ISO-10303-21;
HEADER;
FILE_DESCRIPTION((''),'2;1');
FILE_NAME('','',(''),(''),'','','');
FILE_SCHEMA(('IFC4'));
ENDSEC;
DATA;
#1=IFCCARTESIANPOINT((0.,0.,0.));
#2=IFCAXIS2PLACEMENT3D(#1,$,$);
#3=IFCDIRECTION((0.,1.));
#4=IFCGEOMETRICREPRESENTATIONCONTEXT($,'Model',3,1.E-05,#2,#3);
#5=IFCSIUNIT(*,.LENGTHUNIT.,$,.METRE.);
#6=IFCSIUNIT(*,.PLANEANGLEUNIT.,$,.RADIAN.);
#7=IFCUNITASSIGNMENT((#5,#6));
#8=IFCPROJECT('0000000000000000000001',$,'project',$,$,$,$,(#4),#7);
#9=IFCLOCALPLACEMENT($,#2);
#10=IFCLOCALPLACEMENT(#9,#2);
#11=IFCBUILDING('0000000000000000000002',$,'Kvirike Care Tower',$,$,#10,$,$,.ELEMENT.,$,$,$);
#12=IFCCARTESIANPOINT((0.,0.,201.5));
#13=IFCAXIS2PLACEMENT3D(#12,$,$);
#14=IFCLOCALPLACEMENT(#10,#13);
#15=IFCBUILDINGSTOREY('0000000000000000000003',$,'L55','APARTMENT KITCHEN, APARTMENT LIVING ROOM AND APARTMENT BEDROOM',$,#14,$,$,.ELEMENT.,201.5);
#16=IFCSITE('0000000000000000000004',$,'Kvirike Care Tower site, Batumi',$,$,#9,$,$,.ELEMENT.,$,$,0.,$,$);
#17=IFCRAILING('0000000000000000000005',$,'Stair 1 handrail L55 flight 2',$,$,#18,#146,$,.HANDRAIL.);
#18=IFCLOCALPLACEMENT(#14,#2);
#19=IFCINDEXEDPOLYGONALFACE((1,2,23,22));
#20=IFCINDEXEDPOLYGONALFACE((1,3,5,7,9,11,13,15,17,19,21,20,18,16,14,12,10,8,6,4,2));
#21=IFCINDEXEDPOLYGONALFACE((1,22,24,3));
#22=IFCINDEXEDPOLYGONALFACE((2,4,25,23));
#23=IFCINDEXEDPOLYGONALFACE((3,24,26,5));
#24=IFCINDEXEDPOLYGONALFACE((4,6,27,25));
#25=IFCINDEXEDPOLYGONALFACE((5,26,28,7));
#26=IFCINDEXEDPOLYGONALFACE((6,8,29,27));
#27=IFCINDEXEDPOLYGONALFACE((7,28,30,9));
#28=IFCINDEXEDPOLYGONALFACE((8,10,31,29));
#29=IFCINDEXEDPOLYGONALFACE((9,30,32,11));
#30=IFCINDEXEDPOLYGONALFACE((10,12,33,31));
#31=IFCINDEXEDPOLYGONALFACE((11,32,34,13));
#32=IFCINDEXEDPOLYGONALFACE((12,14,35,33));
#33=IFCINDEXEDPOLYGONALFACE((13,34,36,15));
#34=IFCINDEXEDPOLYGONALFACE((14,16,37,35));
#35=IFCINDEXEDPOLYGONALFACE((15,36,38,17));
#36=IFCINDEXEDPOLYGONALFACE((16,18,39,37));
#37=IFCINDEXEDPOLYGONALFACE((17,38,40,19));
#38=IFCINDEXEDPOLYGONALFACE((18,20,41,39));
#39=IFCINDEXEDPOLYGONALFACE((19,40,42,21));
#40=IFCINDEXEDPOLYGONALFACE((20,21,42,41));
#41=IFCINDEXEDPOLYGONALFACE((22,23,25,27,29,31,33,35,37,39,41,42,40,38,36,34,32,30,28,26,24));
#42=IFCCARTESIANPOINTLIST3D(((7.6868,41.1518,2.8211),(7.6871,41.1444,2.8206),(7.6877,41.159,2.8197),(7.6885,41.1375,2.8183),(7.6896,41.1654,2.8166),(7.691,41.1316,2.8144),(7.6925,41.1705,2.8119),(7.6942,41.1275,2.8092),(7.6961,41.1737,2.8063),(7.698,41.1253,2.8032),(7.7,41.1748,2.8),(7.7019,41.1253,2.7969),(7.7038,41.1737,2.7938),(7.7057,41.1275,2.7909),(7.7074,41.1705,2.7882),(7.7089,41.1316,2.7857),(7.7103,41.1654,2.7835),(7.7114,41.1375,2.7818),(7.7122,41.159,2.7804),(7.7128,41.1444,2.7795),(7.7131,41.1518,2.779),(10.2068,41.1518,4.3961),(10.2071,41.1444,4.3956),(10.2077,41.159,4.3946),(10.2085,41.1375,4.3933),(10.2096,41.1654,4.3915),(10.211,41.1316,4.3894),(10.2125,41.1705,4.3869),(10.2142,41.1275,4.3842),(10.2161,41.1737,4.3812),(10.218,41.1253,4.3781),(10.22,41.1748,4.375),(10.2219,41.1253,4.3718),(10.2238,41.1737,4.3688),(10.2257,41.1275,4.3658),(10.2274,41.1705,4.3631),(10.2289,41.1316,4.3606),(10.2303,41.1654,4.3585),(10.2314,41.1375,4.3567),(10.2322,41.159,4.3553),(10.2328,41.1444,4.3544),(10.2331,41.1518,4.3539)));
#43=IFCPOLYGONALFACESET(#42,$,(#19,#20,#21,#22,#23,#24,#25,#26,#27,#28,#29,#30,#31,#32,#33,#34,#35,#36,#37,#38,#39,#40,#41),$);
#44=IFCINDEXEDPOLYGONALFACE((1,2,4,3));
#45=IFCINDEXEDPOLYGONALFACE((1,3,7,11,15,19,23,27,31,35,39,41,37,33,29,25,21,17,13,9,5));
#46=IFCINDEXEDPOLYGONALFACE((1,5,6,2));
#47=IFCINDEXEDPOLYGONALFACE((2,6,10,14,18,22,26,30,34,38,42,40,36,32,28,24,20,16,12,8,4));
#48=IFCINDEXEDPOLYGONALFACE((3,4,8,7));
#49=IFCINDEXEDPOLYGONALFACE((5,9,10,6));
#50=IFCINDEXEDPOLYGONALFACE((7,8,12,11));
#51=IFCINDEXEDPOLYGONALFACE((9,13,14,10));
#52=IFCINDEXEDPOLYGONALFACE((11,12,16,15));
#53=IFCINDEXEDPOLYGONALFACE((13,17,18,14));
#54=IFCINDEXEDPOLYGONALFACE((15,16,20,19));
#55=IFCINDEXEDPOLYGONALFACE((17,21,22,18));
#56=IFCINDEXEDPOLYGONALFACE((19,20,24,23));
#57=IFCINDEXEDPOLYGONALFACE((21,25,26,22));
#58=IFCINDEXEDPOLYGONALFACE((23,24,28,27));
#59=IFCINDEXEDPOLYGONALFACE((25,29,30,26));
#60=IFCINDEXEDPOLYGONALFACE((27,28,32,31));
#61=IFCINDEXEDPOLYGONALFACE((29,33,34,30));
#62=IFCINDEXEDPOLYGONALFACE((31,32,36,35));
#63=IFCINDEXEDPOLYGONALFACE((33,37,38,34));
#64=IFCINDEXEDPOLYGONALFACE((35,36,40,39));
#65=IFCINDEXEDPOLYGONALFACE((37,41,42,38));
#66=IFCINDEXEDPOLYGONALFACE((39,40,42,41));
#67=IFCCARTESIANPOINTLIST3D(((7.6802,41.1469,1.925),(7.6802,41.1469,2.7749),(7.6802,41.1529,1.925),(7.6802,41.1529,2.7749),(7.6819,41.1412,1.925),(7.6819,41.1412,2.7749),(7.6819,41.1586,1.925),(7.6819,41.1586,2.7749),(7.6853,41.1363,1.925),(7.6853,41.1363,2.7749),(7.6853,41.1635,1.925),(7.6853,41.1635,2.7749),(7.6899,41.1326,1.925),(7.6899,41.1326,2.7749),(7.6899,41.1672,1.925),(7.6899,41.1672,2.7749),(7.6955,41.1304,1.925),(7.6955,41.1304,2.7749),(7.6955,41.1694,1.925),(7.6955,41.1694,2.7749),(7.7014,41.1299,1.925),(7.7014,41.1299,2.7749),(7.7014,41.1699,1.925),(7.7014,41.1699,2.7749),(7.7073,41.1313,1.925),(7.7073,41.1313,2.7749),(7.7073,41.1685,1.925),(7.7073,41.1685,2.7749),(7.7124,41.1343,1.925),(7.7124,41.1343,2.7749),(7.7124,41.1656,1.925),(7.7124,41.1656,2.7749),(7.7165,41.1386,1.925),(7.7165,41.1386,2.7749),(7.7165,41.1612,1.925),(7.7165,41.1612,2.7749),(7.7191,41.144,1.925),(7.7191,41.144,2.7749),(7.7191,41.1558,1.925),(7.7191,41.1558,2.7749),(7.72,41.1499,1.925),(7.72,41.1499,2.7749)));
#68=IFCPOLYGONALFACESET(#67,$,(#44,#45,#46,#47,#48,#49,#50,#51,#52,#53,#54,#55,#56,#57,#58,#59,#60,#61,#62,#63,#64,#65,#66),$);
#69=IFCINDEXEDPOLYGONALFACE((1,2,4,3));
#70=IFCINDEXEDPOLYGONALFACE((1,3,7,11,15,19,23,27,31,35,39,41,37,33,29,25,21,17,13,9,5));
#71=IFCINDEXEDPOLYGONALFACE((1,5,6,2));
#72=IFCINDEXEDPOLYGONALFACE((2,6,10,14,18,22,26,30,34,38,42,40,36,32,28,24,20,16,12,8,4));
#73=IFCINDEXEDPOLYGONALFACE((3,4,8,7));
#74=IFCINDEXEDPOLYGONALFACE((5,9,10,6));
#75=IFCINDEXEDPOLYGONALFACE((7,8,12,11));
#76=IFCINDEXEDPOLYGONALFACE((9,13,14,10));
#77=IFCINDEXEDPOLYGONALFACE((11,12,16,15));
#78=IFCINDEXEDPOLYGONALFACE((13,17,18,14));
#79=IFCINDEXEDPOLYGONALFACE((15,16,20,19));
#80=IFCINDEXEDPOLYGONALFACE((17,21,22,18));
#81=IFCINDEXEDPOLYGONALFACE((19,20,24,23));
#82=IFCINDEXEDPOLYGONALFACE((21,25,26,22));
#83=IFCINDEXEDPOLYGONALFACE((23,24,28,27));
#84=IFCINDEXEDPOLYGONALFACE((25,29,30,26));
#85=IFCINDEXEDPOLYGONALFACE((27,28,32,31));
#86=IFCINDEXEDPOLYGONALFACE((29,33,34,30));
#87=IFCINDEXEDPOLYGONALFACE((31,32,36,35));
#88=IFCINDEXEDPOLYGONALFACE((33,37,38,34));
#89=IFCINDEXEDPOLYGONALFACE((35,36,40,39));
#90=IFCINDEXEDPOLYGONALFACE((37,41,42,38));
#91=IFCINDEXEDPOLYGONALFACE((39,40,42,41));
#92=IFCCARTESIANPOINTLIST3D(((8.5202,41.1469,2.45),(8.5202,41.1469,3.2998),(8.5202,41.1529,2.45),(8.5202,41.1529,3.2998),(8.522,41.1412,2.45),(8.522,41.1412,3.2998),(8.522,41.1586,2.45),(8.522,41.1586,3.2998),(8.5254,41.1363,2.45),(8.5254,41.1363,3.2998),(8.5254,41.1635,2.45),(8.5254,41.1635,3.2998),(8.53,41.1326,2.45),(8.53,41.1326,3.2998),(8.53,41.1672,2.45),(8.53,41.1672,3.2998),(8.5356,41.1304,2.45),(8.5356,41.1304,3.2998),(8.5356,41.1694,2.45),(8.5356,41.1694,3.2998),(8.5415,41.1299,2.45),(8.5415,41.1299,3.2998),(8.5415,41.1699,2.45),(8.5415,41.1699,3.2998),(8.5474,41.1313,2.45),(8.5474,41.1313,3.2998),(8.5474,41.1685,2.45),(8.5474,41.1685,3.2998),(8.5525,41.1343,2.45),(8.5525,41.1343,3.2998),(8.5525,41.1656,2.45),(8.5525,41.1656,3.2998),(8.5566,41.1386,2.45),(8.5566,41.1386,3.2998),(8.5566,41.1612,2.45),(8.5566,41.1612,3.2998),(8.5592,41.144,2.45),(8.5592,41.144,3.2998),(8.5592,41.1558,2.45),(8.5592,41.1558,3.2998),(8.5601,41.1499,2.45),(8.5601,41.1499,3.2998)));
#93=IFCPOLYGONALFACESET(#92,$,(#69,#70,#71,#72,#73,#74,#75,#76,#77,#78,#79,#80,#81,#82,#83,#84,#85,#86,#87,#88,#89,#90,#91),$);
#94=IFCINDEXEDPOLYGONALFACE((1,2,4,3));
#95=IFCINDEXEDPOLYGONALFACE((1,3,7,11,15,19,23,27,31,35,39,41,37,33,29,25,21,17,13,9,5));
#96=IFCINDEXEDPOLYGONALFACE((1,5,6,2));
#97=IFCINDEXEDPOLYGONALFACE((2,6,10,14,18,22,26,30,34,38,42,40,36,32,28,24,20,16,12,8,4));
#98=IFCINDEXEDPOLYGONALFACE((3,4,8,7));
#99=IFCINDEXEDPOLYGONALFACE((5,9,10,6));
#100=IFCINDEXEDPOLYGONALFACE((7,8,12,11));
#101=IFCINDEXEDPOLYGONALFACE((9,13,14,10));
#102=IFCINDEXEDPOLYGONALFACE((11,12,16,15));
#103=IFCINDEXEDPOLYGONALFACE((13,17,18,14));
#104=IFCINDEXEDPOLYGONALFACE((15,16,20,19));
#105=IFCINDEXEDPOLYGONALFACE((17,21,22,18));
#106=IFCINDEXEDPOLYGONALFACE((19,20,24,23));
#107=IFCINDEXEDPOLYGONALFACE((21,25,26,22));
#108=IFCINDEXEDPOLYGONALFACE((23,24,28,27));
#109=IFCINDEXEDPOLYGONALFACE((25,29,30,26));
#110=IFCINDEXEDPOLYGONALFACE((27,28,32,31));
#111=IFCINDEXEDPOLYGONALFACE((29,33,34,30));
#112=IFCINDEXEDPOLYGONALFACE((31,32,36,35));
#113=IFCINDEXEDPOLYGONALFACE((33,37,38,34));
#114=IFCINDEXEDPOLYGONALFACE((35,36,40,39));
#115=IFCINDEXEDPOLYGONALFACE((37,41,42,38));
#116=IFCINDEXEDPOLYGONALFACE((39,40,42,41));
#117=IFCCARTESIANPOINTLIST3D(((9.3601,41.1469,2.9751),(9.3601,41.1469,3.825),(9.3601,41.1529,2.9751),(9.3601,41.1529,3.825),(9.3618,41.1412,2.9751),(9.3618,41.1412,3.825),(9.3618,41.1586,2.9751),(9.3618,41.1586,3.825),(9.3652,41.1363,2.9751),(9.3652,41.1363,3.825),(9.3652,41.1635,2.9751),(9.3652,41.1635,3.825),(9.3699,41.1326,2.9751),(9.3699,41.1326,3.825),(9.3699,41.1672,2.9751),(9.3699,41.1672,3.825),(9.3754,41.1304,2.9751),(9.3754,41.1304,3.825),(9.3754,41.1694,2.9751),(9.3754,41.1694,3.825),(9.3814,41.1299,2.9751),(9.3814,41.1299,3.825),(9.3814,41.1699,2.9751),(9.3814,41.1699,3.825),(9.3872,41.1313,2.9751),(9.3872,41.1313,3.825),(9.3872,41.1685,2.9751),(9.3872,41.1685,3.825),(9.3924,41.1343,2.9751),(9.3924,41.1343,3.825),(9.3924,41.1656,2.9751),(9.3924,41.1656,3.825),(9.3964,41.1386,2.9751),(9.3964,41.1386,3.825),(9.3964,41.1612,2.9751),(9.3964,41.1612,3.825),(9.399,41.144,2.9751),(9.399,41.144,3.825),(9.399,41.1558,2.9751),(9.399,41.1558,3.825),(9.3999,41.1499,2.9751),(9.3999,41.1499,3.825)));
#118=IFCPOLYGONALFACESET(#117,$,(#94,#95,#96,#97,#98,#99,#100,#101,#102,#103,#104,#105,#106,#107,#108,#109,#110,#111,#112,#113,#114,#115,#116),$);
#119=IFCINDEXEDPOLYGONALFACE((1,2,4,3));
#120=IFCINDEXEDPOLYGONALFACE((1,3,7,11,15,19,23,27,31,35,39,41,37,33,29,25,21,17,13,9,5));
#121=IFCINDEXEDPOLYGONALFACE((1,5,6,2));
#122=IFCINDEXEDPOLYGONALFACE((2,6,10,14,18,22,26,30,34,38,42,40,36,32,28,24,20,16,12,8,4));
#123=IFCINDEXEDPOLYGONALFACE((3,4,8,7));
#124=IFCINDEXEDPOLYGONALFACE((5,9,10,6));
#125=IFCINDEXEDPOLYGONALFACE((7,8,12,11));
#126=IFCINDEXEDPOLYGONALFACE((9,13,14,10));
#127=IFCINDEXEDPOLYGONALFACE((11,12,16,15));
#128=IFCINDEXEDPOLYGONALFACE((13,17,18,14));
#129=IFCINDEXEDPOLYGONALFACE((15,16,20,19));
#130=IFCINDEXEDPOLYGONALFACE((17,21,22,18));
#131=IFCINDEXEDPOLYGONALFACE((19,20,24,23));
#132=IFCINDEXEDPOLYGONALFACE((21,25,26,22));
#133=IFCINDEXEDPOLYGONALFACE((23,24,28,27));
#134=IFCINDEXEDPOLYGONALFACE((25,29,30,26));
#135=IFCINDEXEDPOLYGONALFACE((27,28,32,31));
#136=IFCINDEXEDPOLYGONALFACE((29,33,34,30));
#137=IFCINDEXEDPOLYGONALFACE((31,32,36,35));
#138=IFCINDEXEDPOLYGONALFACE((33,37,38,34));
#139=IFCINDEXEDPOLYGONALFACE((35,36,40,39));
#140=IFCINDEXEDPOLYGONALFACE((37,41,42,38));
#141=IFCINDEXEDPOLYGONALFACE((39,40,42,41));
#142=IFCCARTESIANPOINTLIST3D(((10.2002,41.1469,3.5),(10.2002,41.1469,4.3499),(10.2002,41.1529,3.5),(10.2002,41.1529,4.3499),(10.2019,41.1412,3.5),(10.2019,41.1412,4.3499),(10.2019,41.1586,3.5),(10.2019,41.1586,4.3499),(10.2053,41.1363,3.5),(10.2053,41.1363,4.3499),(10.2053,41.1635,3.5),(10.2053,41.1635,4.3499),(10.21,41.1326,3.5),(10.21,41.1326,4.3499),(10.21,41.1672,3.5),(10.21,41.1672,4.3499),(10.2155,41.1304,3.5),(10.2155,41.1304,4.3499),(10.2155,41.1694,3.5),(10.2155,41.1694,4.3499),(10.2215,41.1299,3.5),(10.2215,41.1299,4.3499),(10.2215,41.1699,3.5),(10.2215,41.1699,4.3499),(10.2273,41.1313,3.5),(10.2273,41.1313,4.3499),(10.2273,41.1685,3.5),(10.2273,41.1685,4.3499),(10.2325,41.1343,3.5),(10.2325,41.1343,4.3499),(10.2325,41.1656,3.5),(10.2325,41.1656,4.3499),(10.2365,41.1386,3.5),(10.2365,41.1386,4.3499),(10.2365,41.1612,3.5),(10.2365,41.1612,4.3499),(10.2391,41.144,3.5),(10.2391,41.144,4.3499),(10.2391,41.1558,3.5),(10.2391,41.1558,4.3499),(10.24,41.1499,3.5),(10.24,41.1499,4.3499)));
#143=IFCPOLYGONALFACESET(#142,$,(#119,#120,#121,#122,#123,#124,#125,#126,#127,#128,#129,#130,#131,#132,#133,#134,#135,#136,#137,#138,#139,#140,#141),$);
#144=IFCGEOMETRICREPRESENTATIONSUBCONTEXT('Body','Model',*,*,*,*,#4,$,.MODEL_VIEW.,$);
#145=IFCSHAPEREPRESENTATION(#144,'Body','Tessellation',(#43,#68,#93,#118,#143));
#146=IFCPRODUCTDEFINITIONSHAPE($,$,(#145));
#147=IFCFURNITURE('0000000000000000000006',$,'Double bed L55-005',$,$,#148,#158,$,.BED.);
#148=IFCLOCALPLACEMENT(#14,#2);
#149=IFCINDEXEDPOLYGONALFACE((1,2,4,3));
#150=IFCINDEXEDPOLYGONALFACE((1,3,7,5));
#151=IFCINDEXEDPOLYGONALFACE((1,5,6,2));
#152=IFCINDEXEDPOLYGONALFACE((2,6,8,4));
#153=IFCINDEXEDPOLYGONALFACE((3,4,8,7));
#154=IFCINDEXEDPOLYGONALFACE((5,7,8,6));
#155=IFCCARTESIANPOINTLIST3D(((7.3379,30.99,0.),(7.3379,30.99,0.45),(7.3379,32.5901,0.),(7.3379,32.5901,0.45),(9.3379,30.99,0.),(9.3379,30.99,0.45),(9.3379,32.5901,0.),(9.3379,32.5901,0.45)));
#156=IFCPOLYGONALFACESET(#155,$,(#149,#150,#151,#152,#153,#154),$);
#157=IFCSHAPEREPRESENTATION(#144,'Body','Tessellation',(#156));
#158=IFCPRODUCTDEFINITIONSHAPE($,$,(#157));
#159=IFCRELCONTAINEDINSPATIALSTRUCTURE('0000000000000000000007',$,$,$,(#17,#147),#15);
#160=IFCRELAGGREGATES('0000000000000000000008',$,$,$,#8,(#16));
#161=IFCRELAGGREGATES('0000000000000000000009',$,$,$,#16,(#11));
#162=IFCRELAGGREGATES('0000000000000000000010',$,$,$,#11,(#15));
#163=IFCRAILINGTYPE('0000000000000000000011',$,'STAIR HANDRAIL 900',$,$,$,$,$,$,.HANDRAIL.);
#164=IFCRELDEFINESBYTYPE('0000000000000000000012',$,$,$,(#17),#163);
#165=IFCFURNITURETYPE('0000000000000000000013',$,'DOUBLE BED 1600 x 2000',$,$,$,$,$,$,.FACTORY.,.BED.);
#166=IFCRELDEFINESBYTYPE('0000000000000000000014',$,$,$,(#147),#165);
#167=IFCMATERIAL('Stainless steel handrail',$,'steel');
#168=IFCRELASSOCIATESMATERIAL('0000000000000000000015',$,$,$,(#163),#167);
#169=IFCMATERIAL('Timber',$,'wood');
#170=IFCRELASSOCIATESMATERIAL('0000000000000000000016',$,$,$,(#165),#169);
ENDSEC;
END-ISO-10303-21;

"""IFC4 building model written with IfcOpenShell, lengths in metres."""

from ifc_helpers import new_model, si_unit, direction, frame, origin, origin_2d, place, context, subcontext, project, spatial, rectangle, circle, extrude, material, type_object, element, save


model = new_model("IFC4")

# Units and contexts
model_context = context("Model", 3, precision=1e-05, world=origin(), true_north=direction((0.0, 1.0)))
body_context = subcontext(model_context, "Body", "Model", "MODEL_VIEW")
ifc_project = project(units=[si_unit("LENGTHUNIT", "METRE"), si_unit("PLANEANGLEUNIT", "RADIAN")], contexts=[model_context])

# Site, building, storey
site_placement = place(None, origin())
site = spatial("IfcSite", under=ifc_project, at=site_placement, Name="Kvirike Care Tower site, Batumi", CompositionType="ELEMENT", RefElevation=0.0)
building_placement = place(site_placement, origin())
building = spatial("IfcBuilding", under=site, at=building_placement, Name="Kvirike Care Tower", CompositionType="ELEMENT")
storey_placement = place(building_placement, frame((0.0, 0.0, 201.5)))
storey = spatial("IfcBuildingStorey", under=building, at=storey_placement, Name="L55", Description="APARTMENT KITCHEN, APARTMENT LIVING ROOM AND APARTMENT BEDROOM", CompositionType="ELEMENT", Elevation=201.5)

# Railing
ifc_material_1 = material(Name="Stainless steel handrail", Category="steel")
railing_type = type_object("IfcRailingType", Name="STAIR HANDRAIL 900", PredefinedType="HANDRAIL", material=ifc_material_1)
railing_1_placement = place(storey_placement, frame((7.7, 41.1499, 1.925)))
element("IfcRailing", 1, at=railing_1_placement, inside=storey, type_object=railing_type, Name="Stair 1 handrail L55 flight 2", PredefinedType="HANDRAIL", context=body_context, shape_type="SweptSolid", body=[
    extrude(circle(Radius=0.0249, at=origin_2d()), frame((0.0, 0.0, 0.875), z_axis=(0.848008, 0.0, 0.529984), x_axis=(0.0, 1.0, 0.0)), (0.0, 0.0, 1.0), 2.9717),
    extrude(circle(Radius=0.02, at=origin_2d()), origin(), (0.0, 0.0, 1.0), 0.8499),
    extrude(circle(Radius=0.02, at=origin_2d()), frame((0.8401, 0.0, 0.5249)), (0.0, 0.0, 1.0), 0.8499),
    extrude(circle(Radius=0.02, at=origin_2d()), frame((1.6799, 0.0, 1.05)), (0.0, 0.0, 1.0), 0.8499),
    extrude(circle(Radius=0.02, at=origin_2d()), frame((2.52, 0.0, 1.575)), (0.0, 0.0, 1.0), 0.8499),
])

# Furniture
ifc_material_2 = material(Name="Timber", Category="wood")
furniture_type = type_object("IfcFurnitureType", Name="DOUBLE BED 1600 x 2000", AssemblyPlace="FACTORY", PredefinedType="BED", material=ifc_material_2)
furniture_placement = place(storey_placement, frame((8.3379, 31.79, 0.0), z_axis=(0.0, 0.0, 1.0), x_axis=(0.0, -1.0, 0.0)))
element("IfcFurniture", 2, at=furniture_placement, inside=storey, type_object=furniture_type, Name="Double bed L55-005", PredefinedType="BED", context=body_context, shape_type="SweptSolid", body=[
    extrude(rectangle(XDim=1.6001, YDim=2.0, at=origin_2d()), origin(), (0.0, 0.0, 1.0), 0.45),
])

save(model, "model.ifc")
